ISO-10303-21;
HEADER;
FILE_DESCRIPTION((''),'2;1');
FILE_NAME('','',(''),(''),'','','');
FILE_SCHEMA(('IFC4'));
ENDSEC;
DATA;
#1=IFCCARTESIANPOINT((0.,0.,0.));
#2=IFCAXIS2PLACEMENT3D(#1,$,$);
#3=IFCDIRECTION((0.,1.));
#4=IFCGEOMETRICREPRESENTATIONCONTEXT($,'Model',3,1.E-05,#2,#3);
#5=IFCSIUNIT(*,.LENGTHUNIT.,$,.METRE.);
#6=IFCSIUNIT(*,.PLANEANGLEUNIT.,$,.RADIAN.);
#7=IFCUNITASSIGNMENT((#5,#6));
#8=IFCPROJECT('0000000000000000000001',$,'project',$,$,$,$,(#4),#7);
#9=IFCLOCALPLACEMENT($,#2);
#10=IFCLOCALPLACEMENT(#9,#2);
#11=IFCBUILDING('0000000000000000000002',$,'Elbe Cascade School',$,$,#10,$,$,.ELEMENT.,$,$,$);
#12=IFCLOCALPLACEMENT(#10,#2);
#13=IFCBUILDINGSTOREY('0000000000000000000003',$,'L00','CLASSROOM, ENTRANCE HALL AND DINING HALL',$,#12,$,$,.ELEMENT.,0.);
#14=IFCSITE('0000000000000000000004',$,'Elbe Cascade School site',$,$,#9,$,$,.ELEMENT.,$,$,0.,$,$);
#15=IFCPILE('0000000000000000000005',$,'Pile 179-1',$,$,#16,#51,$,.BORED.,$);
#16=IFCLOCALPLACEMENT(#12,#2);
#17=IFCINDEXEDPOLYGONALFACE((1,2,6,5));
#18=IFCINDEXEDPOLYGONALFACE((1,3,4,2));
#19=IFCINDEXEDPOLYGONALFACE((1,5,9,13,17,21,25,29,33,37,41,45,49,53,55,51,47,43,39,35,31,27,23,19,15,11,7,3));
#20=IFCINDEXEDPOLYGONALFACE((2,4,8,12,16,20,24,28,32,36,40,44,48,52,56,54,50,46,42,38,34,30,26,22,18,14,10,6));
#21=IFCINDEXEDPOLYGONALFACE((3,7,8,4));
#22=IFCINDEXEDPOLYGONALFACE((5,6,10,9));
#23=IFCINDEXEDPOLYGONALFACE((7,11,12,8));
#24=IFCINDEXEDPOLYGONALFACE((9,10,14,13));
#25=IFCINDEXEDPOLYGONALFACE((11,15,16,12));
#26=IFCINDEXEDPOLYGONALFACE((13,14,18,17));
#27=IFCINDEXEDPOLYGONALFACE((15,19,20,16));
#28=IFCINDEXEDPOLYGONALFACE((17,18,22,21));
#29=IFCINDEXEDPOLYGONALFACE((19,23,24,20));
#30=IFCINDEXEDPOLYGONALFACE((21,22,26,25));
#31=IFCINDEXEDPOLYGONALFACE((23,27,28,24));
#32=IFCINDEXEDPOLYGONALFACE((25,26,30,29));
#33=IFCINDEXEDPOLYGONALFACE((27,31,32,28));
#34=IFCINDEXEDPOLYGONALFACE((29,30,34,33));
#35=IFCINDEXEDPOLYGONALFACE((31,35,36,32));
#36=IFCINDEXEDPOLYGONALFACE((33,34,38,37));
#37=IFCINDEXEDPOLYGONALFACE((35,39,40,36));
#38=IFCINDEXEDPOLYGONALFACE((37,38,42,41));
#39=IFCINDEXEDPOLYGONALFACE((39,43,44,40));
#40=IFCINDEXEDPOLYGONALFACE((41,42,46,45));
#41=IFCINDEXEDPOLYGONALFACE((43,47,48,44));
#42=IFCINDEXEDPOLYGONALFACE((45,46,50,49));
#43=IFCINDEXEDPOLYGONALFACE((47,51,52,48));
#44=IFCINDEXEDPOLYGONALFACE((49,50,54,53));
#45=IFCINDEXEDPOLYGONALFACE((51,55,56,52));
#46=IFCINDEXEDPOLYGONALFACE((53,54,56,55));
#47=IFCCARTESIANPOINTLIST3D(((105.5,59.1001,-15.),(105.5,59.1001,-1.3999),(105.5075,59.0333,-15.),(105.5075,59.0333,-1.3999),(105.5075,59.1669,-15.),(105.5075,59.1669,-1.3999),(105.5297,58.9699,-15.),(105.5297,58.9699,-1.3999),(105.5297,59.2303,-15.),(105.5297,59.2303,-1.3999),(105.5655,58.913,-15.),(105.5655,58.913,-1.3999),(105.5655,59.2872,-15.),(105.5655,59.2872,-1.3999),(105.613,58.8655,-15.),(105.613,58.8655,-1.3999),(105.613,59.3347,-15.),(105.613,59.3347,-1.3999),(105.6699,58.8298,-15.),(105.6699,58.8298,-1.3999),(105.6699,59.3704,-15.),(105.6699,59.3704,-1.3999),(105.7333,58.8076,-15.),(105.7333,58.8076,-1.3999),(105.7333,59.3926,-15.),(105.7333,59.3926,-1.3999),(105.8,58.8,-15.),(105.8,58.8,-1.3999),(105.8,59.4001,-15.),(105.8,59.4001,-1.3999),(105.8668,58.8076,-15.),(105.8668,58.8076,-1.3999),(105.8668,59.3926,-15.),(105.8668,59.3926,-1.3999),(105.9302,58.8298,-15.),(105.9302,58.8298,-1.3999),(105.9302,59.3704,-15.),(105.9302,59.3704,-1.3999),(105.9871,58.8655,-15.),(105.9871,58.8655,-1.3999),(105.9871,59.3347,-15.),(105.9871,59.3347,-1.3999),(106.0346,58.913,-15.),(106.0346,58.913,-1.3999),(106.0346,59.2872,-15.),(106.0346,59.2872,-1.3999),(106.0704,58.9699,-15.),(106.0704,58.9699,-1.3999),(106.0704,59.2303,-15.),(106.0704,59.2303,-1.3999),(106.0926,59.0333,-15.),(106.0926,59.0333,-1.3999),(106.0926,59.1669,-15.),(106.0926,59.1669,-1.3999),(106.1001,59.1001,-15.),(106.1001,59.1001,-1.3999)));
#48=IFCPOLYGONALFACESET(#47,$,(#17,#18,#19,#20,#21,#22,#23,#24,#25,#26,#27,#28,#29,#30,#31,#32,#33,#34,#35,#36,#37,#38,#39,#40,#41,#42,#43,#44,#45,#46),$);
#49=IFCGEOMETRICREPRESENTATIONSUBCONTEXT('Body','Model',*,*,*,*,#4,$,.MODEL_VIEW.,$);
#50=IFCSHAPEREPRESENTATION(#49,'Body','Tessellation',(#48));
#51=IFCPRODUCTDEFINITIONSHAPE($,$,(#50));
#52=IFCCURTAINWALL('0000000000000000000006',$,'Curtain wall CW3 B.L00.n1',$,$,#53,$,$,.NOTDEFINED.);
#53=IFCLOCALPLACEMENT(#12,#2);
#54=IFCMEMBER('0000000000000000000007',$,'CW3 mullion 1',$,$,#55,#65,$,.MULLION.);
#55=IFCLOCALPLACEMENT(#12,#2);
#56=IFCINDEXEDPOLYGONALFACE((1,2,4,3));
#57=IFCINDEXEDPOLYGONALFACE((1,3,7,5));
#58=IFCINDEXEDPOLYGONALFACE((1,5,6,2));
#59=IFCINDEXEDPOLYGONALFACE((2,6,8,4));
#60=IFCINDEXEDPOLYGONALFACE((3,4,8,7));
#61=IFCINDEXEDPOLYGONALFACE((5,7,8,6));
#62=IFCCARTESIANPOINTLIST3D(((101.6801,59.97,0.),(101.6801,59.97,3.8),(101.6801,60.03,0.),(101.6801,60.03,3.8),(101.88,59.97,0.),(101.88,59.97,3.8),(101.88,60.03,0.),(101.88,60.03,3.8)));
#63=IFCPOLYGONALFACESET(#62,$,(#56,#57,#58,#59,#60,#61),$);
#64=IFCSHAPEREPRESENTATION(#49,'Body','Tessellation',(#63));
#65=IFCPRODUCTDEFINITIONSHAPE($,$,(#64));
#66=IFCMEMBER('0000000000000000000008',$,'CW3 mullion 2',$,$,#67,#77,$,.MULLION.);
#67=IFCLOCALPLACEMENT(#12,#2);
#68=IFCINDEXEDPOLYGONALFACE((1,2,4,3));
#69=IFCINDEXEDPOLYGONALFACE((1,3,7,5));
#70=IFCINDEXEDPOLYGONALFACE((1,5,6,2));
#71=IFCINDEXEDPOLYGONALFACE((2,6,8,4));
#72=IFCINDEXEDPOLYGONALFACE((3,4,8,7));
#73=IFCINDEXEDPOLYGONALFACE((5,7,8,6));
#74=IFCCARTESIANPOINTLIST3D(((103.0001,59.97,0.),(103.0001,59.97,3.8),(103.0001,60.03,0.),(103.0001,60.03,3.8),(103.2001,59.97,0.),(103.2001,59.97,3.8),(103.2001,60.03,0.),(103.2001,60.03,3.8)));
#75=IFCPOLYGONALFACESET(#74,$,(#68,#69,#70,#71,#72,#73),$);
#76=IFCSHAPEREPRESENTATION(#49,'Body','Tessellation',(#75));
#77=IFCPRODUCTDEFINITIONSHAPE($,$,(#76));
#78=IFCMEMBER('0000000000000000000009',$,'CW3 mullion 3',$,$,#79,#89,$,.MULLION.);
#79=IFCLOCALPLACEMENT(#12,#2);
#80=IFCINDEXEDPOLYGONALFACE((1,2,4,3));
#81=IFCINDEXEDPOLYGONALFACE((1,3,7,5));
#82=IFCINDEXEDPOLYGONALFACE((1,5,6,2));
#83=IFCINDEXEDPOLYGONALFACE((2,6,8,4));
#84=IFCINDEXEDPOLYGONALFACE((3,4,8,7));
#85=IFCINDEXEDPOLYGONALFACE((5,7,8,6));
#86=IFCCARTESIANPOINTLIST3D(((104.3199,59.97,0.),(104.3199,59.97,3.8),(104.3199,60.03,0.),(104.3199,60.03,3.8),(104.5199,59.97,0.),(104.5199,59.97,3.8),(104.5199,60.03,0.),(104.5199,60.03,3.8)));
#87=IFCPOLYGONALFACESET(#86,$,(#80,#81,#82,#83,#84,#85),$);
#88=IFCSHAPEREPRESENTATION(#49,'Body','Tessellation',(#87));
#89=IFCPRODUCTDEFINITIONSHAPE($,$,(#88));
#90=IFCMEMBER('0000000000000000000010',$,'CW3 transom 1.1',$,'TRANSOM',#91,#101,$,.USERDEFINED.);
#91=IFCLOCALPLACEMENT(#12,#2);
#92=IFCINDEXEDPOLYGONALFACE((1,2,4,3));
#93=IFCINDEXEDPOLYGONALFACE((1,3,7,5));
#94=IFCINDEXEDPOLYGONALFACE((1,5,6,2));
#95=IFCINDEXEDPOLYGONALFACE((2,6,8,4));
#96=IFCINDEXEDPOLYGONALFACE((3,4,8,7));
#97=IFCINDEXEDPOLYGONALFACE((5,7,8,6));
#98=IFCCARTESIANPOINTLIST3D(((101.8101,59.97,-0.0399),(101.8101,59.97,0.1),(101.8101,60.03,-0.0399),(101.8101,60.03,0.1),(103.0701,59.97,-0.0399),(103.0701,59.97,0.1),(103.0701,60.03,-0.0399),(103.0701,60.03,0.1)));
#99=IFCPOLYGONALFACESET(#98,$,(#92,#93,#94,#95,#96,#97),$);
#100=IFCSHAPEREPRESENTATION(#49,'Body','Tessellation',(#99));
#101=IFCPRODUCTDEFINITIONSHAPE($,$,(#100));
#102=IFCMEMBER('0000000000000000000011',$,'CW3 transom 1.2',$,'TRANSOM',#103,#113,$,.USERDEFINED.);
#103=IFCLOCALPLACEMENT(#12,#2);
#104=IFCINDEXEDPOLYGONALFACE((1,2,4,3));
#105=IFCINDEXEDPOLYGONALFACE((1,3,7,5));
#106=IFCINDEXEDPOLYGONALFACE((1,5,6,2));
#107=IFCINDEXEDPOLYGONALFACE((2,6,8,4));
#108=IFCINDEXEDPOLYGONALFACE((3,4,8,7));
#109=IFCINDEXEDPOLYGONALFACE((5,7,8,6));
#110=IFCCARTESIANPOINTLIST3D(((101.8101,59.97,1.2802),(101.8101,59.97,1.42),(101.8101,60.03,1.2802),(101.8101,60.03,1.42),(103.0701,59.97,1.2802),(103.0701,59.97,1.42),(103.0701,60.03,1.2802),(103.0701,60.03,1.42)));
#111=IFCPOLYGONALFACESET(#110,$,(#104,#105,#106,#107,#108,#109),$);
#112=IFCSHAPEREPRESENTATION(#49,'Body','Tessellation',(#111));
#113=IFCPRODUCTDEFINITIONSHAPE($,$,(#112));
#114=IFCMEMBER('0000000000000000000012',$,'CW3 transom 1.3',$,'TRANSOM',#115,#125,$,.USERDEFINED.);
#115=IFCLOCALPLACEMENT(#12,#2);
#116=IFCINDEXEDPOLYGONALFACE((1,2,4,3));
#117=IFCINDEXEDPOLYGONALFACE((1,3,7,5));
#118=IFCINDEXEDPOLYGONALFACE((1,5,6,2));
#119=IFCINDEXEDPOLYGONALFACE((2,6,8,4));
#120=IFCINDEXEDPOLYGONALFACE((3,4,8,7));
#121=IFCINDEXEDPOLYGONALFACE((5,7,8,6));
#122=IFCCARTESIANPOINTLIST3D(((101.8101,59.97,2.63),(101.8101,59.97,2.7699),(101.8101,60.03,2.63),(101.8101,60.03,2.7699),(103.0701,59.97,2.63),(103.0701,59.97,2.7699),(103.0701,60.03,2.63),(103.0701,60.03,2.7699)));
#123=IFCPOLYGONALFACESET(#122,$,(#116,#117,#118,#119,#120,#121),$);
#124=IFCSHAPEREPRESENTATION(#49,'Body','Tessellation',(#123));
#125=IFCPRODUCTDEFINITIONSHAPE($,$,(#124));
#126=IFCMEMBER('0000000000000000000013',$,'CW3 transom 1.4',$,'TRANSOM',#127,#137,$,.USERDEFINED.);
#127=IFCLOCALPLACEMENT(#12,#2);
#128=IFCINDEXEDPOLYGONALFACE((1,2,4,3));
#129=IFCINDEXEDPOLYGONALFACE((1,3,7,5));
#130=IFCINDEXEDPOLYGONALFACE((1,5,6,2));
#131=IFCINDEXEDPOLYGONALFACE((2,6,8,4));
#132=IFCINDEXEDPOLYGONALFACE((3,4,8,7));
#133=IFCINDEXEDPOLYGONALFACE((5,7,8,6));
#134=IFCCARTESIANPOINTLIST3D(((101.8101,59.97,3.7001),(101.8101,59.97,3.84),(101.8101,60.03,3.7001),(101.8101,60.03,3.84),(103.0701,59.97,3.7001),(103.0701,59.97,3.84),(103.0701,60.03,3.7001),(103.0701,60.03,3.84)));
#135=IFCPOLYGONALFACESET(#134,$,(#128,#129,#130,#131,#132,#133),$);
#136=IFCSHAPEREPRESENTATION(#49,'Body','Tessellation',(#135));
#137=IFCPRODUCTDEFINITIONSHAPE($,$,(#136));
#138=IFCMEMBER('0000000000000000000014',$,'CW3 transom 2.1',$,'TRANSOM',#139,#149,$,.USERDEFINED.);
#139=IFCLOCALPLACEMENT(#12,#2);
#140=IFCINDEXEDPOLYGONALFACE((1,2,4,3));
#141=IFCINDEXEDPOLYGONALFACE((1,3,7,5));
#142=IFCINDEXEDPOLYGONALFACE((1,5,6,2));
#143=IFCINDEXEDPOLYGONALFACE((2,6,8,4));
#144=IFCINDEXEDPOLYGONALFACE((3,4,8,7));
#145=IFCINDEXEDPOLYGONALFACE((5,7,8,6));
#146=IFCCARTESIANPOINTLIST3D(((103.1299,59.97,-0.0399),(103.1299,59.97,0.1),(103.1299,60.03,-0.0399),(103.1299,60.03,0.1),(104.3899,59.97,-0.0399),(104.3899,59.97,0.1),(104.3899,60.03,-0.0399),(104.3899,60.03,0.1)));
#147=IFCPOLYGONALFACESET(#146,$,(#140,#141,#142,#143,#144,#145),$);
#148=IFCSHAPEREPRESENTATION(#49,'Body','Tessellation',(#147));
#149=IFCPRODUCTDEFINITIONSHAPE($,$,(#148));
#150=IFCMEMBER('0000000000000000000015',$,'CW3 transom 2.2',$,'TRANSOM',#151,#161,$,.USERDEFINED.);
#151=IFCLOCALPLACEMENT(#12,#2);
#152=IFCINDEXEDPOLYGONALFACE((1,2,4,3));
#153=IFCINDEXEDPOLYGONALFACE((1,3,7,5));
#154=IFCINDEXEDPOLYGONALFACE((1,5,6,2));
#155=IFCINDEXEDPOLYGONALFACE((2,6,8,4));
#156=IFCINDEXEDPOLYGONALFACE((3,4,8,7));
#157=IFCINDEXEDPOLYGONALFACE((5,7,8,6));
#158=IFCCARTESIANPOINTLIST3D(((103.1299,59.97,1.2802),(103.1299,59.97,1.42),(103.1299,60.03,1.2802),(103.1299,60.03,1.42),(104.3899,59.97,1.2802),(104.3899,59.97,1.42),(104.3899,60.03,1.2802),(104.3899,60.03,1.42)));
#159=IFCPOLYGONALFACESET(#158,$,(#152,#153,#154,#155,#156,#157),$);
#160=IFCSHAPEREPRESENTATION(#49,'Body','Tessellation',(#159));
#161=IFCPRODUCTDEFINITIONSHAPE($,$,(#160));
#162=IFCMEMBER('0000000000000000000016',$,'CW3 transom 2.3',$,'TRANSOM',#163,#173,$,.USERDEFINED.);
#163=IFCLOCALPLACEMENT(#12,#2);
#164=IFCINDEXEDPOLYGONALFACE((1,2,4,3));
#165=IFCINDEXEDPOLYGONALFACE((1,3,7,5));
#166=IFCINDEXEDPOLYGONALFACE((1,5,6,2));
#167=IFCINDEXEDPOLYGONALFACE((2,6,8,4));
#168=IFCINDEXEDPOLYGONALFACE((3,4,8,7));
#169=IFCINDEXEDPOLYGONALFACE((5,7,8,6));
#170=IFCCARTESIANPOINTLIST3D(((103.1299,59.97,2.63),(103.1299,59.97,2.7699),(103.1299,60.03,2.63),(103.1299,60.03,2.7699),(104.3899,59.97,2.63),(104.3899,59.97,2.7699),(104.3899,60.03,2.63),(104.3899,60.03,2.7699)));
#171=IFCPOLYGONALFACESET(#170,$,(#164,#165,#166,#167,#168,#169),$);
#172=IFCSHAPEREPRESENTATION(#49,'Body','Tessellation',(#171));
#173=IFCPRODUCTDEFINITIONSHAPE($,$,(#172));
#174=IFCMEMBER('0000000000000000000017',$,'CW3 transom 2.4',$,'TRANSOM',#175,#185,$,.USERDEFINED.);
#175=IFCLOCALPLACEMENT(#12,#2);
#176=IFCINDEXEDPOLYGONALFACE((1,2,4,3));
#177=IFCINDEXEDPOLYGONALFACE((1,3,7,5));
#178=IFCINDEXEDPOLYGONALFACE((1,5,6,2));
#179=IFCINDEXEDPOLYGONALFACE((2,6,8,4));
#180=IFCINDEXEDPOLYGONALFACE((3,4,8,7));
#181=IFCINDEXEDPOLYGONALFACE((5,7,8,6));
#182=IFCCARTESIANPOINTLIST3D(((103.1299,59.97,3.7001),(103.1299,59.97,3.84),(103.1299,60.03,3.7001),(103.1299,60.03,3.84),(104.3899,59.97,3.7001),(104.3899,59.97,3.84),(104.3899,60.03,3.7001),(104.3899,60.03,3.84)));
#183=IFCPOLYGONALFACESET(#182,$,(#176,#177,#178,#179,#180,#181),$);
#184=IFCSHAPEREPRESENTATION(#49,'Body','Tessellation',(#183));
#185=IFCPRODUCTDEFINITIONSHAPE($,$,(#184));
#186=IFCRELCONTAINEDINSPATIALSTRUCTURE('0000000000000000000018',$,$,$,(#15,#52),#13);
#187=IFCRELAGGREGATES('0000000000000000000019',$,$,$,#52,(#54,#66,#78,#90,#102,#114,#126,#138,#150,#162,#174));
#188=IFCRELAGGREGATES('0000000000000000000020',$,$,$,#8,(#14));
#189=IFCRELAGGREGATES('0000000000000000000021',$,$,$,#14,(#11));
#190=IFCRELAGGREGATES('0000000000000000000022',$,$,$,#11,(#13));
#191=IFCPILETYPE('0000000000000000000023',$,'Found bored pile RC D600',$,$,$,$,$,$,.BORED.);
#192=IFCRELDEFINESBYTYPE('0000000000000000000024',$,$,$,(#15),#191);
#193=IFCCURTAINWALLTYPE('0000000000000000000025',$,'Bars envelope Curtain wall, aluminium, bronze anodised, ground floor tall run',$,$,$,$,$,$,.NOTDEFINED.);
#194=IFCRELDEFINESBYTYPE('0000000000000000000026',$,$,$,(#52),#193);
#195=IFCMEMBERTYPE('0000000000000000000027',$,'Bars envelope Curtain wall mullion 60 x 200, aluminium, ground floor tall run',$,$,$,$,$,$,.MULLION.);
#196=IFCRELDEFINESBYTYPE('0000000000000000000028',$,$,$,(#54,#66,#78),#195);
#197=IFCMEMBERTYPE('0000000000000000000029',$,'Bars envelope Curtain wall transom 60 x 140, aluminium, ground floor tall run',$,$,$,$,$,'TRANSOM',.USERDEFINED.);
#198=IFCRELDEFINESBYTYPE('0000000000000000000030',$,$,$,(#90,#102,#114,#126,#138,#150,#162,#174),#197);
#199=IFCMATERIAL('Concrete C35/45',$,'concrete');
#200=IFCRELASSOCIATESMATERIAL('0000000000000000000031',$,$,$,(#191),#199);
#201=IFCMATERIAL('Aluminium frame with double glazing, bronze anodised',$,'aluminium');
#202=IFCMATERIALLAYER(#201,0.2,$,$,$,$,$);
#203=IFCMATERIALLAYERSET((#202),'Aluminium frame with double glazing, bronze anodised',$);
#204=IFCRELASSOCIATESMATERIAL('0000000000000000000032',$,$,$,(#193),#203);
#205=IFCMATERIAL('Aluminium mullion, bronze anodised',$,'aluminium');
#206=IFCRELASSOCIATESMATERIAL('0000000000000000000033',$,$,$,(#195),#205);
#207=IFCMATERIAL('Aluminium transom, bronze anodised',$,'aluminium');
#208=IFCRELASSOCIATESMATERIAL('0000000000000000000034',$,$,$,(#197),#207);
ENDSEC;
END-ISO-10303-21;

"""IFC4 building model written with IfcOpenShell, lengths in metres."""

from ifc_helpers import new_model, si_unit, direction, frame, origin, origin_2d, place, context, subcontext, project, spatial, rectangle, circle, extrude, material, layer, layer_set, material_profile, profile_set, type_object, element, aggregate, save


model = new_model("IFC4")

# Units and contexts
model_context = context("Model", 3, precision=1e-05, world=origin(), true_north=direction((0.0, 1.0)))
body_context = subcontext(model_context, "Body", "Model", "MODEL_VIEW")
ifc_project = project(units=[si_unit("LENGTHUNIT", "METRE"), si_unit("PLANEANGLEUNIT", "RADIAN")], contexts=[model_context])

# Site, building, storey
site_placement = place(None, origin())
site = spatial("IfcSite", under=ifc_project, at=site_placement, Name="Elbe Cascade School site", CompositionType="ELEMENT", RefElevation=0.0)
building_placement = place(site_placement, origin())
building = spatial("IfcBuilding", under=site, at=building_placement, Name="Elbe Cascade School", CompositionType="ELEMENT")
storey_placement = place(building_placement, origin())
storey = spatial("IfcBuildingStorey", under=building, at=storey_placement, Name="L00", Description="CLASSROOM, ENTRANCE HALL AND DINING HALL", CompositionType="ELEMENT", Elevation=0.0)

# Pile
ifc_material_1 = material(Name="Concrete C35/45", Category="concrete")
ifc_material_profile_1 = material_profile(ifc_material_1, circle(Radius=0.3, at=origin_2d()), Name="RC D600")
ifc_profile_set_1 = profile_set([ifc_material_profile_1], Name="Concrete C35/45")
pile_type = type_object("IfcPileType", Name="Found bored pile RC D600", PredefinedType="BORED", material=ifc_profile_set_1)
pile_placement = place(storey_placement, frame((105.8, 59.1001, -1.3999), z_axis=(0.0, 0.0, -1.0), x_axis=(1.0, 0.0, 0.0)))
element("IfcPile", 1, at=pile_placement, inside=storey, type_object=pile_type, Name="Pile 179-1", PredefinedType="BORED", context=body_context, shape_type="SweptSolid", body=[
    extrude(circle(Radius=0.3, at=origin_2d()), origin(), (0.0, 0.0, 1.0), 13.6001),
])

# Curtain wall, members
ifc_material_2 = material(Name="Aluminium frame with double glazing, bronze anodised", Category="aluminium")
ifc_layer_1 = layer(ifc_material_2, 0.2)
ifc_layer_set_1 = layer_set([ifc_layer_1], Name="Aluminium frame with double glazing, bronze anodised")
curtain_wall_type = type_object("IfcCurtainWallType", Name="Bars envelope Curtain wall, aluminium, bronze anodised, ground floor tall run", PredefinedType="NOTDEFINED", material=ifc_layer_set_1)
curtain_wall_placement = place(storey_placement, origin())
curtain_wall = element("IfcCurtainWall", 2, at=curtain_wall_placement, inside=storey, type_object=curtain_wall_type, Name="Curtain wall CW3 B.L00.n1", PredefinedType="NOTDEFINED")
ifc_material_3 = material(Name="Aluminium mullion, bronze anodised", Category="aluminium")
ifc_material_profile_2 = material_profile(ifc_material_3, rectangle(XDim=0.0601, YDim=0.2, at=origin_2d()), Name="Bars envelope Curtain wall mullion 60 x 200, aluminium, ground floor tall run")
ifc_profile_set_2 = profile_set([ifc_material_profile_2], Name="Aluminium mullion, bronze anodised")
member_type_1 = type_object("IfcMemberType", Name="Bars envelope Curtain wall mullion 60 x 200, aluminium, ground floor tall run", PredefinedType="MULLION", material=ifc_profile_set_2)
member_1_placement = place(storey_placement, frame((101.78, 60.0, 0.0), z_axis=(0.0, 0.0, 1.0), x_axis=(0.0, 1.0, 0.0)))
member_1 = element("IfcMember", 3, at=member_1_placement, type_object=member_type_1, Name="CW3 mullion 1", PredefinedType="MULLION", context=body_context, shape_type="SweptSolid", body=[
    extrude(rectangle(XDim=0.0601, YDim=0.2, at=origin_2d()), origin(), (0.0, 0.0, 1.0), 3.8),
])
member_2_placement = place(storey_placement, frame((103.1001, 60.0, 0.0), z_axis=(0.0, 0.0, 1.0), x_axis=(0.0, 1.0, 0.0)))
member_2 = element("IfcMember", 4, at=member_2_placement, type_object=member_type_1, Name="CW3 mullion 2", PredefinedType="MULLION", context=body_context, shape_type="SweptSolid", body=[
    extrude(rectangle(XDim=0.0601, YDim=0.2, at=origin_2d()), origin(), (0.0, 0.0, 1.0), 3.8),
])
member_3_placement = place(storey_placement, frame((104.4199, 60.0, 0.0), z_axis=(0.0, 0.0, 1.0), x_axis=(0.0, 1.0, 0.0)))
member_3 = element("IfcMember", 5, at=member_3_placement, type_object=member_type_1, Name="CW3 mullion 3", PredefinedType="MULLION", context=body_context, shape_type="SweptSolid", body=[
    extrude(rectangle(XDim=0.0601, YDim=0.2, at=origin_2d()), origin(), (0.0, 0.0, 1.0), 3.8),
])
ifc_material_4 = material(Name="Aluminium transom, bronze anodised", Category="aluminium")
ifc_material_profile_3 = material_profile(ifc_material_4, rectangle(XDim=0.0601, YDim=0.1399, at=origin_2d()), Name="Bars envelope Curtain wall transom 60 x 140, aluminium, ground floor tall run")
ifc_profile_set_3 = profile_set([ifc_material_profile_3], Name="Aluminium transom, bronze anodised")
member_type_2 = type_object("IfcMemberType", Name="Bars envelope Curtain wall transom 60 x 140, aluminium, ground floor tall run", ElementType="TRANSOM", PredefinedType="USERDEFINED", material=ifc_profile_set_3)
member_4_placement = place(storey_placement, frame((101.8101, 60.0, 0.03), z_axis=(1.0, 0.0, 0.0), x_axis=(0.0, 1.0, 0.0)))
member_4 = element("IfcMember", 6, at=member_4_placement, type_object=member_type_2, Name="CW3 transom 1.1", ObjectType="TRANSOM", PredefinedType="USERDEFINED", context=body_context, shape_type="SweptSolid", body=[
    extrude(rectangle(XDim=0.0601, YDim=0.1399, at=origin_2d()), origin(), (0.0, 0.0, 1.0), 1.26),
])
member_5_placement = place(storey_placement, frame((101.8101, 60.0, 1.3501), z_axis=(1.0, 0.0, 0.0), x_axis=(0.0, 1.0, 0.0)))
member_5 = element("IfcMember", 7, at=member_5_placement, type_object=member_type_2, Name="CW3 transom 1.2", ObjectType="TRANSOM", PredefinedType="USERDEFINED", context=body_context, shape_type="SweptSolid", body=[
    extrude(rectangle(XDim=0.0601, YDim=0.1399, at=origin_2d()), origin(), (0.0, 0.0, 1.0), 1.26),
])
member_6_placement = place(storey_placement, frame((101.8101, 60.0, 2.7), z_axis=(1.0, 0.0, 0.0), x_axis=(0.0, 1.0, 0.0)))
member_6 = element("IfcMember", 8, at=member_6_placement, type_object=member_type_2, Name="CW3 transom 1.3", ObjectType="TRANSOM", PredefinedType="USERDEFINED", context=body_context, shape_type="SweptSolid", body=[
    extrude(rectangle(XDim=0.0601, YDim=0.1399, at=origin_2d()), origin(), (0.0, 0.0, 1.0), 1.26),
])
member_7_placement = place(storey_placement, frame((101.8101, 60.0, 3.77), z_axis=(1.0, 0.0, 0.0), x_axis=(0.0, 1.0, 0.0)))
member_7 = element("IfcMember", 9, at=member_7_placement, type_object=member_type_2, Name="CW3 transom 1.4", ObjectType="TRANSOM", PredefinedType="USERDEFINED", context=body_context, shape_type="SweptSolid", body=[
    extrude(rectangle(XDim=0.0601, YDim=0.1399, at=origin_2d()), origin(), (0.0, 0.0, 1.0), 1.26),
])
member_8_placement = place(storey_placement, frame((103.1299, 60.0, 0.03), z_axis=(1.0, 0.0, 0.0), x_axis=(0.0, 1.0, 0.0)))
member_8 = element("IfcMember", 10, at=member_8_placement, type_object=member_type_2, Name="CW3 transom 2.1", ObjectType="TRANSOM", PredefinedType="USERDEFINED", context=body_context, shape_type="SweptSolid", body=[
    extrude(rectangle(XDim=0.0601, YDim=0.1399, at=origin_2d()), origin(), (0.0, 0.0, 1.0), 1.26),
])
member_9_placement = place(storey_placement, frame((103.1299, 60.0, 1.3501), z_axis=(1.0, 0.0, 0.0), x_axis=(0.0, 1.0, 0.0)))
member_9 = element("IfcMember", 11, at=member_9_placement, type_object=member_type_2, Name="CW3 transom 2.2", ObjectType="TRANSOM", PredefinedType="USERDEFINED", context=body_context, shape_type="SweptSolid", body=[
    extrude(rectangle(XDim=0.0601, YDim=0.1399, at=origin_2d()), origin(), (0.0, 0.0, 1.0), 1.26),
])
member_10_placement = place(storey_placement, frame((103.1299, 60.0, 2.7), z_axis=(1.0, 0.0, 0.0), x_axis=(0.0, 1.0, 0.0)))
member_10 = element("IfcMember", 12, at=member_10_placement, type_object=member_type_2, Name="CW3 transom 2.3", ObjectType="TRANSOM", PredefinedType="USERDEFINED", context=body_context, shape_type="SweptSolid", body=[
    extrude(rectangle(XDim=0.0601, YDim=0.1399, at=origin_2d()), origin(), (0.0, 0.0, 1.0), 1.26),
])
member_11_placement = place(storey_placement, frame((103.1299, 60.0, 3.77), z_axis=(1.0, 0.0, 0.0), x_axis=(0.0, 1.0, 0.0)))
member_11 = element("IfcMember", 13, at=member_11_placement, type_object=member_type_2, Name="CW3 transom 2.4", ObjectType="TRANSOM", PredefinedType="USERDEFINED", context=body_context, shape_type="SweptSolid", body=[
    extrude(rectangle(XDim=0.0601, YDim=0.1399, at=origin_2d()), origin(), (0.0, 0.0, 1.0), 1.26),
])
aggregate(curtain_wall, [member_1, member_2, member_3, member_4, member_5, member_6, member_7, member_8, member_9, member_10, member_11])

save(model, "model.ifc")
